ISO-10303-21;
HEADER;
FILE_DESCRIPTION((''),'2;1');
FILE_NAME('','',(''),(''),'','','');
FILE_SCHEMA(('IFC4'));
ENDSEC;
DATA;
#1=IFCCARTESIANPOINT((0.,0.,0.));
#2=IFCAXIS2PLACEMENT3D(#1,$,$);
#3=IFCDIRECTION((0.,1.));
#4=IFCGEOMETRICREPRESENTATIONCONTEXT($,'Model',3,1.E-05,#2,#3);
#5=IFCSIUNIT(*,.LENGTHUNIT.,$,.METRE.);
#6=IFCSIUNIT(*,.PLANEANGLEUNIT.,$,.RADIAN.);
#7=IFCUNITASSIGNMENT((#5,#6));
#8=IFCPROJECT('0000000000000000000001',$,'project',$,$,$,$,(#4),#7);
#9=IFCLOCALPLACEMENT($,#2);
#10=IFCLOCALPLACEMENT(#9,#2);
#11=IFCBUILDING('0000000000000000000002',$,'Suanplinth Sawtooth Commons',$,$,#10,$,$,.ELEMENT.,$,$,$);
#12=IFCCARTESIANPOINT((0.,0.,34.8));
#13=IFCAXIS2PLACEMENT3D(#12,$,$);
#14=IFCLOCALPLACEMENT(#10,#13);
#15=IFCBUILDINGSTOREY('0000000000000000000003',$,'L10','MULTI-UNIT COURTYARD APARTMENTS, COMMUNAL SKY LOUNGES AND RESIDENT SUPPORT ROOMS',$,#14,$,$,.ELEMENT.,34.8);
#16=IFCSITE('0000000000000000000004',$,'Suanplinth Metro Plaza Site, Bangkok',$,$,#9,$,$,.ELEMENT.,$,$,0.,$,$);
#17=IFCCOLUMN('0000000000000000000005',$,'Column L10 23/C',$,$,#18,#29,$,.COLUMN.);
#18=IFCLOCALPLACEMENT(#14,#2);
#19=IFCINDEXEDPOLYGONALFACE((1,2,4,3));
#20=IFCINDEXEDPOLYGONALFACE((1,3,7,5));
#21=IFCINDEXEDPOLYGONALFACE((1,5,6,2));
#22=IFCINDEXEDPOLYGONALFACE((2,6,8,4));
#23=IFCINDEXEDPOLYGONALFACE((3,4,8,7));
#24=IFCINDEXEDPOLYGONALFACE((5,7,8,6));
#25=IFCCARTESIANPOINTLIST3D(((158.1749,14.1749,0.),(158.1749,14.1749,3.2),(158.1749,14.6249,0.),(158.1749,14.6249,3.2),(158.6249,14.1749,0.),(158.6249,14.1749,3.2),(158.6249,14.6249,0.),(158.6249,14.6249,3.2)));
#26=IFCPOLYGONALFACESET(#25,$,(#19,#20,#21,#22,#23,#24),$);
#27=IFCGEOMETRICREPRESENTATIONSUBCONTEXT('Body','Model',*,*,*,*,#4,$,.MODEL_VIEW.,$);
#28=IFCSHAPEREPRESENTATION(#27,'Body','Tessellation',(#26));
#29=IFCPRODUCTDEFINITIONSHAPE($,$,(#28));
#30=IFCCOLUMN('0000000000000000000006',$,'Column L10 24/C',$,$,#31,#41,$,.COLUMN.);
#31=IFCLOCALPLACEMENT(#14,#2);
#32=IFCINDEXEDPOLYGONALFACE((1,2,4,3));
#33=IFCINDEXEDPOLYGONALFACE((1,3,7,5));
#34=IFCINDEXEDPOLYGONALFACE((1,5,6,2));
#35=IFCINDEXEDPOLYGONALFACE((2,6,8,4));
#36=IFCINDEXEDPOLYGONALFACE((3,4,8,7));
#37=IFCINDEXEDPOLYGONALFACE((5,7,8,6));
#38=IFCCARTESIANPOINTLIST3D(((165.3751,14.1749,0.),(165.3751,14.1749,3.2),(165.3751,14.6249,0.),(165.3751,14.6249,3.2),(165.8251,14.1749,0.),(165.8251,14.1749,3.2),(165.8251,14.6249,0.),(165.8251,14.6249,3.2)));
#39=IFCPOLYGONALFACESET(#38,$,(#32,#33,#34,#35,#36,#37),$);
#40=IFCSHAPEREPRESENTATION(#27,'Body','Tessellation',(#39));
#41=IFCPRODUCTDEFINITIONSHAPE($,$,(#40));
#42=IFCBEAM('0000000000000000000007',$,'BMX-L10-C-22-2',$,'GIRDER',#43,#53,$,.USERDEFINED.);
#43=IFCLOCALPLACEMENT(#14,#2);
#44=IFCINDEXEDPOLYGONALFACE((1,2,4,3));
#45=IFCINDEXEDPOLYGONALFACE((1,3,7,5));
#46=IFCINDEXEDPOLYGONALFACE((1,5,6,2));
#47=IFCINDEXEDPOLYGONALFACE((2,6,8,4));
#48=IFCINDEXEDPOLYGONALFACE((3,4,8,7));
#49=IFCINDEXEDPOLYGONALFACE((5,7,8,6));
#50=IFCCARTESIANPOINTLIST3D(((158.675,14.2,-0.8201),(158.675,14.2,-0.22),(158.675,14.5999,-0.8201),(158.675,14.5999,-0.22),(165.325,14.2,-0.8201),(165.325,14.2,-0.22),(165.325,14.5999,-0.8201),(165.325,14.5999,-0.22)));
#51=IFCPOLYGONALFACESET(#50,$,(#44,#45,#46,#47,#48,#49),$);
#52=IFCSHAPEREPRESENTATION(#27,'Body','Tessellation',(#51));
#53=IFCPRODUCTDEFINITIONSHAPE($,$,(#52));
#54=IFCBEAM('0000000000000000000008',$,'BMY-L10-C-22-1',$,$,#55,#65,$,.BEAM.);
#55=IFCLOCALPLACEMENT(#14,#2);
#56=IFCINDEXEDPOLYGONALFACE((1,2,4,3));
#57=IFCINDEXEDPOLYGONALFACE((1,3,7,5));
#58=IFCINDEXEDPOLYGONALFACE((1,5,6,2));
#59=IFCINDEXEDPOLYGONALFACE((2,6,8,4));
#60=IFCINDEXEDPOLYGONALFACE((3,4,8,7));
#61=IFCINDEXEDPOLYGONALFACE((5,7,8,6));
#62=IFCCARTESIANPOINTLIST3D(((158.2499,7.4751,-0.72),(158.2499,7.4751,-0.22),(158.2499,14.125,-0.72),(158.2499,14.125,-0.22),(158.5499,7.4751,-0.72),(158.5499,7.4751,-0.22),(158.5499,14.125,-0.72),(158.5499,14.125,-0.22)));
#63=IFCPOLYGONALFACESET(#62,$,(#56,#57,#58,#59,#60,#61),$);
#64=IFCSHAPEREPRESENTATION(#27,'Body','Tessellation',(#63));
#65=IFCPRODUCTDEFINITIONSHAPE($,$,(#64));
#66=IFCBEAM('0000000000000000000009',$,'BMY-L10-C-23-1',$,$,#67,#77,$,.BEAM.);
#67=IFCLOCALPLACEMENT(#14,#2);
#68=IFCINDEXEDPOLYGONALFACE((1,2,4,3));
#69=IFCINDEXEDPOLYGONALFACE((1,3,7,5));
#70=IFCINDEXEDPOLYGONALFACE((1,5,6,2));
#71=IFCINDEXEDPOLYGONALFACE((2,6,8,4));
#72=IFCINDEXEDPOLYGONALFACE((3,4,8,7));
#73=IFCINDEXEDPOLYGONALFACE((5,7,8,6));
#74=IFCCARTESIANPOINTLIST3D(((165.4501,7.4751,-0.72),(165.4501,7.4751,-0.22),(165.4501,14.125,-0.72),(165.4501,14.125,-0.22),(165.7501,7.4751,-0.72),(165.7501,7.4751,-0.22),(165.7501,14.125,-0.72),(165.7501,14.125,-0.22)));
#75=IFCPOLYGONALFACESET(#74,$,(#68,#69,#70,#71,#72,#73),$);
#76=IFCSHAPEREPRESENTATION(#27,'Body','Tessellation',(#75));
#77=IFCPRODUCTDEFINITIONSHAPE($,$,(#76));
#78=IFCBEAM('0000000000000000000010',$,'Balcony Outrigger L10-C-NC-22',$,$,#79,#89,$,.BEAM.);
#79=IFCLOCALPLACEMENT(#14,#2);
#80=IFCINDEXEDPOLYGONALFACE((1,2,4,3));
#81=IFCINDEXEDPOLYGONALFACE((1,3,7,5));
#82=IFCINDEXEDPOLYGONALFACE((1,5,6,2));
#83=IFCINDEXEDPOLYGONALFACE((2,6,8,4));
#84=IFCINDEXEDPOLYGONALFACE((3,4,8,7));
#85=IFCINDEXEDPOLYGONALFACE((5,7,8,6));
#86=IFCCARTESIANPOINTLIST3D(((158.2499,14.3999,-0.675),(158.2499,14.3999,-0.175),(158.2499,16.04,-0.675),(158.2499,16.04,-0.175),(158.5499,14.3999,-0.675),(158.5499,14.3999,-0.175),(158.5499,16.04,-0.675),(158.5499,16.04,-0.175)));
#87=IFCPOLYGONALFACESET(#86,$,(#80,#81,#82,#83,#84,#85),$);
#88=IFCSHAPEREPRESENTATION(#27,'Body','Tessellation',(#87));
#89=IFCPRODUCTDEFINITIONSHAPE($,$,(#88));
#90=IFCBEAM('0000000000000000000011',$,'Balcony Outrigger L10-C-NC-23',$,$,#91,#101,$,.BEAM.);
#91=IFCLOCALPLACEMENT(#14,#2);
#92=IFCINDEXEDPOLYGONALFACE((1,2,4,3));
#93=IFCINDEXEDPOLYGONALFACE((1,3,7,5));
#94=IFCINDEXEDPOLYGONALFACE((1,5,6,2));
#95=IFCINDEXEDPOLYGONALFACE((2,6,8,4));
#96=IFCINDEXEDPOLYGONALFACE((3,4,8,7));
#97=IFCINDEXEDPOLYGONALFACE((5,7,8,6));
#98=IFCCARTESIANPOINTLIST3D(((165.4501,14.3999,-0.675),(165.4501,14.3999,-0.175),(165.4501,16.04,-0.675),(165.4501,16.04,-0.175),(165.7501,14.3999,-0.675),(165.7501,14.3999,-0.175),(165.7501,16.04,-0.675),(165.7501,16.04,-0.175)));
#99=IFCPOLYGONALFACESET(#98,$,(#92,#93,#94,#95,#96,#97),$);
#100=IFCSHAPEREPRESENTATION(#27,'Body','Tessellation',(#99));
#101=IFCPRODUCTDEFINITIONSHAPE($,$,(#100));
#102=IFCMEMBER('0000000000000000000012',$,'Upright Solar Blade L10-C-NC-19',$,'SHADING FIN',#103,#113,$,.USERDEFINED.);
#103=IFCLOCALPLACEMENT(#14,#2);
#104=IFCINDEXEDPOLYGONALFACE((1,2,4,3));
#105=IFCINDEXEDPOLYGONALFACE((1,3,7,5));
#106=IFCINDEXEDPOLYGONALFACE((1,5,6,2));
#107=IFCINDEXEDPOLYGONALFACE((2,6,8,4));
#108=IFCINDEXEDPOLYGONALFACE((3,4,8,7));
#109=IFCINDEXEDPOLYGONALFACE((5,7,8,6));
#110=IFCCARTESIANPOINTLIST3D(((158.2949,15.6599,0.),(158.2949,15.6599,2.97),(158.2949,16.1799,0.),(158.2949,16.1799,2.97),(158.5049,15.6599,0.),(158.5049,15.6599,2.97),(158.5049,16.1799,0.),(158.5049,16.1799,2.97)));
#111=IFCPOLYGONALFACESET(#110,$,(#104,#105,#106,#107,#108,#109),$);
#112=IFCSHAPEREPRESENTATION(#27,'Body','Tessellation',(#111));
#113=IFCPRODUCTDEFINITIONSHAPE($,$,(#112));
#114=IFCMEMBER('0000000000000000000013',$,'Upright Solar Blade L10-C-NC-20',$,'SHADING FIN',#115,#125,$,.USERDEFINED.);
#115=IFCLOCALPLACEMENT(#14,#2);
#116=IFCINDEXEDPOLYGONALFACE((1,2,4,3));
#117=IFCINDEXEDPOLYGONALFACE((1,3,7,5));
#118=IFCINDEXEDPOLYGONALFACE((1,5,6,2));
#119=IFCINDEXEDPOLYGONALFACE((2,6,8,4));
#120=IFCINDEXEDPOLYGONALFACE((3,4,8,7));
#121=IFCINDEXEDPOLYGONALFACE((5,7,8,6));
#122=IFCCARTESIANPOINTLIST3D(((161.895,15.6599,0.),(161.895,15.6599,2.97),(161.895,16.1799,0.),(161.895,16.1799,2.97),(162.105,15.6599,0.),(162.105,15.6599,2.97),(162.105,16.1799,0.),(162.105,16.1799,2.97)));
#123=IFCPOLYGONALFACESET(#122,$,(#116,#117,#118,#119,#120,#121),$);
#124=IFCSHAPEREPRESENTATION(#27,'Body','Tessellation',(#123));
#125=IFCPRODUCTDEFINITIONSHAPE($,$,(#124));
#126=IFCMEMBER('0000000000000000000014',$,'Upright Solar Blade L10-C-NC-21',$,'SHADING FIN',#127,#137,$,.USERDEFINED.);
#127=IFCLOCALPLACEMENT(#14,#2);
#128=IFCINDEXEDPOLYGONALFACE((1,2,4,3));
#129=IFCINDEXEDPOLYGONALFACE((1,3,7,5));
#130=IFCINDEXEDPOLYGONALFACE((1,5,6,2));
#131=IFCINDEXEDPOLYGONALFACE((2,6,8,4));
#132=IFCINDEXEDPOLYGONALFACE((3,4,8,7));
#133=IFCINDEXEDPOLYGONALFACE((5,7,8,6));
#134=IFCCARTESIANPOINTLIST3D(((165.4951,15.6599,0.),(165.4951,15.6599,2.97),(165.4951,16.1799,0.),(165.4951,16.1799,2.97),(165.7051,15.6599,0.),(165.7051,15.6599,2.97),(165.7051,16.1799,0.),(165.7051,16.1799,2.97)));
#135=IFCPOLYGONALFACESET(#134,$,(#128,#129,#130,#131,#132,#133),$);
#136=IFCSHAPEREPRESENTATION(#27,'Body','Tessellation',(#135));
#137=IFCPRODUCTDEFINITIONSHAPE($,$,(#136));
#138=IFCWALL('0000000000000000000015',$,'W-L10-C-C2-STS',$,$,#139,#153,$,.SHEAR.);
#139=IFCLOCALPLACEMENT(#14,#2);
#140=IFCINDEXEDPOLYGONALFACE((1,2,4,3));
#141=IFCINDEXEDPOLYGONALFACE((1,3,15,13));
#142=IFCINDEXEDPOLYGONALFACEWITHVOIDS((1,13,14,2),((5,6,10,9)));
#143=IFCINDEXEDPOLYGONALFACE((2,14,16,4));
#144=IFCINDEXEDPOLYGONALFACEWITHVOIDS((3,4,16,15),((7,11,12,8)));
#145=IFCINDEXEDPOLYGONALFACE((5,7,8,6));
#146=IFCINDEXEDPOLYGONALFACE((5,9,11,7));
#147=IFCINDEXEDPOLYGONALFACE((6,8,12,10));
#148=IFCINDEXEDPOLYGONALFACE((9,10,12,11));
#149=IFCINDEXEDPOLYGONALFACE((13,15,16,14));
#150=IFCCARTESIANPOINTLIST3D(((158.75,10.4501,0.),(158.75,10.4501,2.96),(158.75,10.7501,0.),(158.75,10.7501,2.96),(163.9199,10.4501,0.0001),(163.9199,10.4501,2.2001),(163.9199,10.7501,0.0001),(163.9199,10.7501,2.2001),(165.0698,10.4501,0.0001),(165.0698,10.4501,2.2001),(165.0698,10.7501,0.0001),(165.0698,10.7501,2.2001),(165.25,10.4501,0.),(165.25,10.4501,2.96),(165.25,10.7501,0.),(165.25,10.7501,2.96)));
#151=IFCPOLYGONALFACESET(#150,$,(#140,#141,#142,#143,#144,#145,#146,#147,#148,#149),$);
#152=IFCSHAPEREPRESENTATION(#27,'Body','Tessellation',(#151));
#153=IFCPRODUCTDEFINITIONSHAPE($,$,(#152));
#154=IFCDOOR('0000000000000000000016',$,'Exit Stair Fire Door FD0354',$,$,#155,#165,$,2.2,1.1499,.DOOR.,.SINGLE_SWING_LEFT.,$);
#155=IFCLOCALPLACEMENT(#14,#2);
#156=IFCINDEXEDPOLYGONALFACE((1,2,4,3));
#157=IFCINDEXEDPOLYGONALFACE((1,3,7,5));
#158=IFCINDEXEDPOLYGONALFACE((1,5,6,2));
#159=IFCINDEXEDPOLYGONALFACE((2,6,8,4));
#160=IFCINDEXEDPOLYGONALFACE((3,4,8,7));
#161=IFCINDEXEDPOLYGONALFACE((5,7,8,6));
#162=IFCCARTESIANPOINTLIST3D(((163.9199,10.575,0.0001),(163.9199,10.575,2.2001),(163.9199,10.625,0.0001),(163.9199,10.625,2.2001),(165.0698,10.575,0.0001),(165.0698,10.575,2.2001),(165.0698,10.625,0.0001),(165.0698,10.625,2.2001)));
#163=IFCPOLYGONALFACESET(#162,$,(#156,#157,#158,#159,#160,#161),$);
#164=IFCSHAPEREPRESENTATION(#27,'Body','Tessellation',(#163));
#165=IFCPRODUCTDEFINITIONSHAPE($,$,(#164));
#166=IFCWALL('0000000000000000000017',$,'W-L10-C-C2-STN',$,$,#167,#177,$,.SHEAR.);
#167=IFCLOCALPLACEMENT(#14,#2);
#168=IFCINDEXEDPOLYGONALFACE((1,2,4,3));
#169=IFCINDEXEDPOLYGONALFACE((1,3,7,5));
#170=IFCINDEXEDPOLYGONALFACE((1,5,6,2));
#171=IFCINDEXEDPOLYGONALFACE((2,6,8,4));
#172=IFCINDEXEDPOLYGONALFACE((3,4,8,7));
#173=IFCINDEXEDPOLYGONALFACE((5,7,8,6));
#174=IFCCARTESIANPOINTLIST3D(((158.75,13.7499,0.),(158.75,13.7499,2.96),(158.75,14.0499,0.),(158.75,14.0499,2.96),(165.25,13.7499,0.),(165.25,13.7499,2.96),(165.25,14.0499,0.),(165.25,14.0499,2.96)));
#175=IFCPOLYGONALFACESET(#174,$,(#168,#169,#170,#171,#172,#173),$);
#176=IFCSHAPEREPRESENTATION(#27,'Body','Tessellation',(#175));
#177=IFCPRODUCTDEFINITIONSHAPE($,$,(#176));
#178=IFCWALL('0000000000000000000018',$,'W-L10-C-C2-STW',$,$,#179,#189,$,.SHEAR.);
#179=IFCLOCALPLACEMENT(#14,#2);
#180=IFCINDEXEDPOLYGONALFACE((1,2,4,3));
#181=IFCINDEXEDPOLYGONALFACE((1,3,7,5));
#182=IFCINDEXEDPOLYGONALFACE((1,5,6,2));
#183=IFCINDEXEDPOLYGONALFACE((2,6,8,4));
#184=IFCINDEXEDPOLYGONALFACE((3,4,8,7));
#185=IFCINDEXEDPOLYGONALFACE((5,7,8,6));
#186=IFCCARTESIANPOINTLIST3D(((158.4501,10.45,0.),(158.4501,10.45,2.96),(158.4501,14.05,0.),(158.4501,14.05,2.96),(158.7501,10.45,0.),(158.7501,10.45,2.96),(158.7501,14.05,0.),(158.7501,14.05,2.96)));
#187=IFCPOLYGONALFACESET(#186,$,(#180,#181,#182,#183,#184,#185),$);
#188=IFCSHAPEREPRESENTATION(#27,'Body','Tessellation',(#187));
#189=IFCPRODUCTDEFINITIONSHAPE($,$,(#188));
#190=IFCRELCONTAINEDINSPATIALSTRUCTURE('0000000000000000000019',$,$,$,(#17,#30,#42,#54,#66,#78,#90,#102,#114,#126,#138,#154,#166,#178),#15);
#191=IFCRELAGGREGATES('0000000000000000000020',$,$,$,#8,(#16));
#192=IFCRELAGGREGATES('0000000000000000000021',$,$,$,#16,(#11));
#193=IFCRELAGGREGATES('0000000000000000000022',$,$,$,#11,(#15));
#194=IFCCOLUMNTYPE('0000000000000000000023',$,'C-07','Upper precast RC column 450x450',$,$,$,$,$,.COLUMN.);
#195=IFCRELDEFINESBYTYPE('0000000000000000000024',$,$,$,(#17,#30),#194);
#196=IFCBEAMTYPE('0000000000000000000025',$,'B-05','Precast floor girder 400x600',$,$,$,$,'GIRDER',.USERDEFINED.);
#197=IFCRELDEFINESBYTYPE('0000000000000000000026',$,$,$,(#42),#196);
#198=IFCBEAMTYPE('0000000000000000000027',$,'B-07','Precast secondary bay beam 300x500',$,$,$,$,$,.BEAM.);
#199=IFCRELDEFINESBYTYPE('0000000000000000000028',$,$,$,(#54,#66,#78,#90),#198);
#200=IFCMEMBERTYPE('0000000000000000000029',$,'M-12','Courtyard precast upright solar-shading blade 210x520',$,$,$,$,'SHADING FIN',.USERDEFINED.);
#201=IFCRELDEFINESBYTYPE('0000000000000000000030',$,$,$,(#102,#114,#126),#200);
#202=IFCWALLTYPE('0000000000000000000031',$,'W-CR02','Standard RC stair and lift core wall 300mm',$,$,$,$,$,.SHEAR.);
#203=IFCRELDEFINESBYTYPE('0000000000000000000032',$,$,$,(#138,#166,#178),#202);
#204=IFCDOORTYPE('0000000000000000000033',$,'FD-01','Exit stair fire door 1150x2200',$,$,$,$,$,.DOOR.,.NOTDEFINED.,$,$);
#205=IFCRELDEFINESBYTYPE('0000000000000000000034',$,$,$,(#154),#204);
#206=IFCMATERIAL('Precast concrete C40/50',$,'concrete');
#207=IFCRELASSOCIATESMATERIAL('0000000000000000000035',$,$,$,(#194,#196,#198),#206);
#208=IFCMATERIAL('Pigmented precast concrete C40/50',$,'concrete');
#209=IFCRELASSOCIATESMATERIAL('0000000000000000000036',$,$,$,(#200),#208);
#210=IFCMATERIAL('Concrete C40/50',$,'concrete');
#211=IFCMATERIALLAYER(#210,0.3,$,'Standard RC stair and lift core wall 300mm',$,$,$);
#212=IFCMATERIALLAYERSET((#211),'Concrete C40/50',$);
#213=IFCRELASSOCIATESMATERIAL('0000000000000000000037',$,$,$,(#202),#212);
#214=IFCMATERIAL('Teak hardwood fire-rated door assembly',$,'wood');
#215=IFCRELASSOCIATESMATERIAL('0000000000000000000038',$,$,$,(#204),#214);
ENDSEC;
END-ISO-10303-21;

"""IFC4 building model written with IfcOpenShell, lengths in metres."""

from ifc_helpers import new_model, si_unit, direction, frame, frame_2d, origin, origin_2d, place, context, subcontext, project, spatial, rectangle, extrude, material, layer, layer_set, material_profile, profile_set, type_object, element, fill, save


model = new_model("IFC4")

# Units and contexts
model_context = context("Model", 3, precision=1e-05, world=origin(), true_north=direction((0.0, 1.0)))
body_context = subcontext(model_context, "Body", "Model", "MODEL_VIEW")
ifc_project = project(units=[si_unit("LENGTHUNIT", "METRE"), si_unit("PLANEANGLEUNIT", "RADIAN")], contexts=[model_context])

# Site, building, storey
site_placement = place(None, origin())
site = spatial("IfcSite", under=ifc_project, at=site_placement, Name="Suanplinth Metro Plaza Site, Bangkok", CompositionType="ELEMENT", RefElevation=0.0)
building_placement = place(site_placement, origin())
building = spatial("IfcBuilding", under=site, at=building_placement, Name="Suanplinth Sawtooth Commons", CompositionType="ELEMENT")
storey_placement = place(building_placement, frame((0.0, 0.0, 34.8)))
storey = spatial("IfcBuildingStorey", under=building, at=storey_placement, Name="L10", Description="MULTI-UNIT COURTYARD APARTMENTS, COMMUNAL SKY LOUNGES AND RESIDENT SUPPORT ROOMS", CompositionType="ELEMENT", Elevation=34.8)

# Columns
ifc_material_1 = material(Name="Precast concrete C40/50", Category="concrete")
ifc_material_profile_1 = material_profile(ifc_material_1, rectangle(XDim=0.45, YDim=0.45, at=origin_2d()), Name="PC-COL 450x450")
ifc_profile_set_1 = profile_set([ifc_material_profile_1], Name="Precast concrete C40/50")
column_type = type_object("IfcColumnType", Name="C-07", Description="Upper precast RC column 450x450", PredefinedType="COLUMN", material=ifc_profile_set_1)
for number, where, z_axis, x_axis, name in (
    (1, (158.3999, 14.3999, 0.0), (0.0, 0.0, 1.0), (1.0, 0.0, 0.0), "Column L10 23/C"),
    (2, (165.6001, 14.3999, 0.0), (0.0, 0.0, 1.0), (1.0, 0.0, 0.0), "Column L10 24/C"),
):
    element("IfcColumn", number, at=place(storey_placement, frame(where, z_axis=z_axis, x_axis=x_axis)), inside=storey, type_object=column_type, Name=name, PredefinedType="COLUMN", context=body_context, shape_type="SweptSolid", body=[
        extrude(rectangle(XDim=0.45, YDim=0.45, at=origin_2d()), origin(), (0.0, 0.0, 1.0), 3.2),
    ])

# Beams
ifc_material_profile_2 = material_profile(ifc_material_1, rectangle(XDim=0.3999, YDim=0.6001, at=origin_2d()), Name="PC-GDR 400x600")
ifc_profile_set_2 = profile_set([ifc_material_profile_2], Name="Precast concrete C40/50")
beam_type_1 = type_object("IfcBeamType", Name="B-05", Description="Precast floor girder 400x600", ElementType="GIRDER", PredefinedType="USERDEFINED", material=ifc_profile_set_2)
beam_placement = place(storey_placement, frame((158.675, 14.3999, -0.52), z_axis=(1.0, 0.0, 0.0), x_axis=(0.0, 1.0, 0.0)))
element("IfcBeam", 3, at=beam_placement, inside=storey, type_object=beam_type_1, Name="BMX-L10-C-22-2", ObjectType="GIRDER", PredefinedType="USERDEFINED", context=body_context, shape_type="SweptSolid", body=[
    extrude(rectangle(XDim=0.3999, YDim=0.6001, at=origin_2d()), origin(), (0.0, 0.0, 1.0), 6.6499),
])
ifc_material_profile_3 = material_profile(ifc_material_1, rectangle(XDim=0.3, YDim=0.5, at=origin_2d()), Name="PC-BM 300x500")
ifc_profile_set_3 = profile_set([ifc_material_profile_3], Name="Precast concrete C40/50")
beam_type_2 = type_object("IfcBeamType", Name="B-07", Description="Precast secondary bay beam 300x500", PredefinedType="BEAM", material=ifc_profile_set_3)
for number, where, z_axis, x_axis, name in (
    (4, (158.3999, 7.4751, -0.47), (0.0, 1.0, 0.0), (-1.0, 0.0, 0.0), "BMY-L10-C-22-1"),
    (5, (165.6001, 7.4751, -0.47), (0.0, 1.0, 0.0), (-1.0, 0.0, 0.0), "BMY-L10-C-23-1"),
):
    element("IfcBeam", number, at=place(storey_placement, frame(where, z_axis=z_axis, x_axis=x_axis)), inside=storey, type_object=beam_type_2, Name=name, PredefinedType="BEAM", context=body_context, shape_type="SweptSolid", body=[
        extrude(rectangle(XDim=0.3, YDim=0.5, at=origin_2d()), origin(), (0.0, 0.0, 1.0), 6.6499),
    ])
for number, where, z_axis, x_axis, name in (
    (6, (158.3999, 14.3999, -0.425), (0.0, 1.0, 0.0), (-1.0, 0.0, 0.0), "Balcony Outrigger L10-C-NC-22"),
    (7, (165.6001, 14.3999, -0.425), (0.0, 1.0, 0.0), (-1.0, 0.0, 0.0), "Balcony Outrigger L10-C-NC-23"),
):
    element("IfcBeam", number, at=place(storey_placement, frame(where, z_axis=z_axis, x_axis=x_axis)), inside=storey, type_object=beam_type_2, Name=name, PredefinedType="BEAM", context=body_context, shape_type="SweptSolid", body=[
        extrude(rectangle(XDim=0.3, YDim=0.5, at=origin_2d()), origin(), (0.0, 0.0, 1.0), 1.6401),
    ])

# Members
ifc_material_2 = material(Name="Pigmented precast concrete C40/50", Category="concrete")
ifc_material_profile_4 = material_profile(ifc_material_2, rectangle(XDim=0.21, YDim=0.52, at=origin_2d()), Name="PC-FIN 210x520")
ifc_profile_set_4 = profile_set([ifc_material_profile_4], Name="Pigmented precast concrete C40/50")
member_type = type_object("IfcMemberType", Name="M-12", Description="Courtyard precast upright solar-shading blade 210x520", ElementType="SHADING FIN", PredefinedType="USERDEFINED", material=ifc_profile_set_4)
for number, where, z_axis, x_axis, name in (
    (8, (158.3999, 15.9199, 0.0), (0.0, 0.0, 1.0), (1.0, 0.0, 0.0), "Upright Solar Blade L10-C-NC-19"),
    (9, (162.0, 15.9199, 0.0), (0.0, 0.0, 1.0), (1.0, 0.0, 0.0), "Upright Solar Blade L10-C-NC-20"),
    (10, (165.6001, 15.9199, 0.0), (0.0, 0.0, 1.0), (1.0, 0.0, 0.0), "Upright Solar Blade L10-C-NC-21"),
):
    element("IfcMember", number, at=place(storey_placement, frame(where, z_axis=z_axis, x_axis=x_axis)), inside=storey, type_object=member_type, Name=name, ObjectType="SHADING FIN", PredefinedType="USERDEFINED", context=body_context, shape_type="SweptSolid", body=[
        extrude(rectangle(XDim=0.21, YDim=0.52, at=origin_2d()), origin(), (0.0, 0.0, 1.0), 2.97),
    ])

# Wall, opening, door
ifc_material_3 = material(Name="Concrete C40/50", Category="concrete")
ifc_layer_1 = layer(ifc_material_3, 0.3, Name="Standard RC stair and lift core wall 300mm")
ifc_layer_set_1 = layer_set([ifc_layer_1], Name="Concrete C40/50")
wall_type_1 = type_object("IfcWallType", Name="W-CR02", Description="Standard RC stair and lift core wall 300mm", PredefinedType="SHEAR", material=ifc_layer_set_1)
wall_1_placement = place(storey_placement, frame((158.75, 10.6001, 0.0), z_axis=(0.0, 0.0, 1.0), x_axis=(1.0, 0.0, 0.0)))
wall_1 = element("IfcWall", 11, at=wall_1_placement, inside=storey, type_object=wall_type_1, Name="W-L10-C-C2-STS", PredefinedType="SHEAR", context=body_context, shape_type="SweptSolid", body=[
    extrude(rectangle(XDim=6.5, YDim=0.3, at=frame_2d((3.25, 0.0))), origin(), (0.0, 0.0, 1.0), 2.96),
])
opening_1_placement = place(wall_1_placement, frame((5.1699, 0.0, 0.0)))
opening_1 = element("IfcOpeningElement", 12, at=opening_1_placement, cuts=wall_1, PredefinedType="OPENING", context=body_context, shape_type="SweptSolid", body=[
    extrude(rectangle(XDim=1.1499, YDim=2.2, at=frame_2d((0.575, 1.1001))), frame((0.0, 0.165, 0.0), z_axis=(0.0, -1.0, 0.0), x_axis=(1.0, 0.0, 0.0)), (0.0, 0.0, 1.0), 0.3298),
])
ifc_material_4 = material(Name="Teak hardwood fire-rated door assembly", Category="wood")
door_type = type_object("IfcDoorType", Name="FD-01", Description="Exit stair fire door 1150x2200", OperationType="NOTDEFINED", PredefinedType="DOOR", material=ifc_material_4)
door_placement = place(opening_1_placement, origin())
door = element("IfcDoor", 13, at=door_placement, inside=storey, type_object=door_type, Name="Exit Stair Fire Door FD0354", OperationType="SINGLE_SWING_LEFT", OverallHeight=2.2, OverallWidth=1.1499, PredefinedType="DOOR", context=body_context, shape_type="SweptSolid", body=[
    extrude(rectangle(XDim=1.1499, YDim=2.2, at=frame_2d((0.575, 1.1001))), frame((0.0, 0.0249, 0.0), z_axis=(0.0, -1.0, 0.0), x_axis=(1.0, 0.0, 0.0)), (0.0, 0.0, 1.0), 0.05),
])
fill(opening_1, door)

# Walls
wall_2_placement = place(storey_placement, frame((158.75, 13.8999, 0.0), z_axis=(0.0, 0.0, 1.0), x_axis=(1.0, 0.0, 0.0)))
element("IfcWall", 14, at=wall_2_placement, inside=storey, type_object=wall_type_1, Name="W-L10-C-C2-STN", PredefinedType="SHEAR", context=body_context, shape_type="SweptSolid", body=[
    extrude(rectangle(XDim=6.5, YDim=0.3, at=frame_2d((3.25, 0.0))), origin(), (0.0, 0.0, 1.0), 2.96),
])
for number, where, z_axis, x_axis, name in (
    (15, (158.6001, 10.45, 0.0), (0.0, 0.0, 1.0), (0.0, 1.0, 0.0), "W-L10-C-C2-STW"),
):
    element("IfcWall", number, at=place(storey_placement, frame(where, z_axis=z_axis, x_axis=x_axis)), inside=storey, type_object=wall_type_1, Name=name, PredefinedType="SHEAR", context=body_context, shape_type="SweptSolid", body=[
        extrude(rectangle(XDim=3.6001, YDim=0.3, at=frame_2d((1.8, 0.0))), origin(), (0.0, 0.0, 1.0), 2.96),
    ])

save(model, "model.ifc")
